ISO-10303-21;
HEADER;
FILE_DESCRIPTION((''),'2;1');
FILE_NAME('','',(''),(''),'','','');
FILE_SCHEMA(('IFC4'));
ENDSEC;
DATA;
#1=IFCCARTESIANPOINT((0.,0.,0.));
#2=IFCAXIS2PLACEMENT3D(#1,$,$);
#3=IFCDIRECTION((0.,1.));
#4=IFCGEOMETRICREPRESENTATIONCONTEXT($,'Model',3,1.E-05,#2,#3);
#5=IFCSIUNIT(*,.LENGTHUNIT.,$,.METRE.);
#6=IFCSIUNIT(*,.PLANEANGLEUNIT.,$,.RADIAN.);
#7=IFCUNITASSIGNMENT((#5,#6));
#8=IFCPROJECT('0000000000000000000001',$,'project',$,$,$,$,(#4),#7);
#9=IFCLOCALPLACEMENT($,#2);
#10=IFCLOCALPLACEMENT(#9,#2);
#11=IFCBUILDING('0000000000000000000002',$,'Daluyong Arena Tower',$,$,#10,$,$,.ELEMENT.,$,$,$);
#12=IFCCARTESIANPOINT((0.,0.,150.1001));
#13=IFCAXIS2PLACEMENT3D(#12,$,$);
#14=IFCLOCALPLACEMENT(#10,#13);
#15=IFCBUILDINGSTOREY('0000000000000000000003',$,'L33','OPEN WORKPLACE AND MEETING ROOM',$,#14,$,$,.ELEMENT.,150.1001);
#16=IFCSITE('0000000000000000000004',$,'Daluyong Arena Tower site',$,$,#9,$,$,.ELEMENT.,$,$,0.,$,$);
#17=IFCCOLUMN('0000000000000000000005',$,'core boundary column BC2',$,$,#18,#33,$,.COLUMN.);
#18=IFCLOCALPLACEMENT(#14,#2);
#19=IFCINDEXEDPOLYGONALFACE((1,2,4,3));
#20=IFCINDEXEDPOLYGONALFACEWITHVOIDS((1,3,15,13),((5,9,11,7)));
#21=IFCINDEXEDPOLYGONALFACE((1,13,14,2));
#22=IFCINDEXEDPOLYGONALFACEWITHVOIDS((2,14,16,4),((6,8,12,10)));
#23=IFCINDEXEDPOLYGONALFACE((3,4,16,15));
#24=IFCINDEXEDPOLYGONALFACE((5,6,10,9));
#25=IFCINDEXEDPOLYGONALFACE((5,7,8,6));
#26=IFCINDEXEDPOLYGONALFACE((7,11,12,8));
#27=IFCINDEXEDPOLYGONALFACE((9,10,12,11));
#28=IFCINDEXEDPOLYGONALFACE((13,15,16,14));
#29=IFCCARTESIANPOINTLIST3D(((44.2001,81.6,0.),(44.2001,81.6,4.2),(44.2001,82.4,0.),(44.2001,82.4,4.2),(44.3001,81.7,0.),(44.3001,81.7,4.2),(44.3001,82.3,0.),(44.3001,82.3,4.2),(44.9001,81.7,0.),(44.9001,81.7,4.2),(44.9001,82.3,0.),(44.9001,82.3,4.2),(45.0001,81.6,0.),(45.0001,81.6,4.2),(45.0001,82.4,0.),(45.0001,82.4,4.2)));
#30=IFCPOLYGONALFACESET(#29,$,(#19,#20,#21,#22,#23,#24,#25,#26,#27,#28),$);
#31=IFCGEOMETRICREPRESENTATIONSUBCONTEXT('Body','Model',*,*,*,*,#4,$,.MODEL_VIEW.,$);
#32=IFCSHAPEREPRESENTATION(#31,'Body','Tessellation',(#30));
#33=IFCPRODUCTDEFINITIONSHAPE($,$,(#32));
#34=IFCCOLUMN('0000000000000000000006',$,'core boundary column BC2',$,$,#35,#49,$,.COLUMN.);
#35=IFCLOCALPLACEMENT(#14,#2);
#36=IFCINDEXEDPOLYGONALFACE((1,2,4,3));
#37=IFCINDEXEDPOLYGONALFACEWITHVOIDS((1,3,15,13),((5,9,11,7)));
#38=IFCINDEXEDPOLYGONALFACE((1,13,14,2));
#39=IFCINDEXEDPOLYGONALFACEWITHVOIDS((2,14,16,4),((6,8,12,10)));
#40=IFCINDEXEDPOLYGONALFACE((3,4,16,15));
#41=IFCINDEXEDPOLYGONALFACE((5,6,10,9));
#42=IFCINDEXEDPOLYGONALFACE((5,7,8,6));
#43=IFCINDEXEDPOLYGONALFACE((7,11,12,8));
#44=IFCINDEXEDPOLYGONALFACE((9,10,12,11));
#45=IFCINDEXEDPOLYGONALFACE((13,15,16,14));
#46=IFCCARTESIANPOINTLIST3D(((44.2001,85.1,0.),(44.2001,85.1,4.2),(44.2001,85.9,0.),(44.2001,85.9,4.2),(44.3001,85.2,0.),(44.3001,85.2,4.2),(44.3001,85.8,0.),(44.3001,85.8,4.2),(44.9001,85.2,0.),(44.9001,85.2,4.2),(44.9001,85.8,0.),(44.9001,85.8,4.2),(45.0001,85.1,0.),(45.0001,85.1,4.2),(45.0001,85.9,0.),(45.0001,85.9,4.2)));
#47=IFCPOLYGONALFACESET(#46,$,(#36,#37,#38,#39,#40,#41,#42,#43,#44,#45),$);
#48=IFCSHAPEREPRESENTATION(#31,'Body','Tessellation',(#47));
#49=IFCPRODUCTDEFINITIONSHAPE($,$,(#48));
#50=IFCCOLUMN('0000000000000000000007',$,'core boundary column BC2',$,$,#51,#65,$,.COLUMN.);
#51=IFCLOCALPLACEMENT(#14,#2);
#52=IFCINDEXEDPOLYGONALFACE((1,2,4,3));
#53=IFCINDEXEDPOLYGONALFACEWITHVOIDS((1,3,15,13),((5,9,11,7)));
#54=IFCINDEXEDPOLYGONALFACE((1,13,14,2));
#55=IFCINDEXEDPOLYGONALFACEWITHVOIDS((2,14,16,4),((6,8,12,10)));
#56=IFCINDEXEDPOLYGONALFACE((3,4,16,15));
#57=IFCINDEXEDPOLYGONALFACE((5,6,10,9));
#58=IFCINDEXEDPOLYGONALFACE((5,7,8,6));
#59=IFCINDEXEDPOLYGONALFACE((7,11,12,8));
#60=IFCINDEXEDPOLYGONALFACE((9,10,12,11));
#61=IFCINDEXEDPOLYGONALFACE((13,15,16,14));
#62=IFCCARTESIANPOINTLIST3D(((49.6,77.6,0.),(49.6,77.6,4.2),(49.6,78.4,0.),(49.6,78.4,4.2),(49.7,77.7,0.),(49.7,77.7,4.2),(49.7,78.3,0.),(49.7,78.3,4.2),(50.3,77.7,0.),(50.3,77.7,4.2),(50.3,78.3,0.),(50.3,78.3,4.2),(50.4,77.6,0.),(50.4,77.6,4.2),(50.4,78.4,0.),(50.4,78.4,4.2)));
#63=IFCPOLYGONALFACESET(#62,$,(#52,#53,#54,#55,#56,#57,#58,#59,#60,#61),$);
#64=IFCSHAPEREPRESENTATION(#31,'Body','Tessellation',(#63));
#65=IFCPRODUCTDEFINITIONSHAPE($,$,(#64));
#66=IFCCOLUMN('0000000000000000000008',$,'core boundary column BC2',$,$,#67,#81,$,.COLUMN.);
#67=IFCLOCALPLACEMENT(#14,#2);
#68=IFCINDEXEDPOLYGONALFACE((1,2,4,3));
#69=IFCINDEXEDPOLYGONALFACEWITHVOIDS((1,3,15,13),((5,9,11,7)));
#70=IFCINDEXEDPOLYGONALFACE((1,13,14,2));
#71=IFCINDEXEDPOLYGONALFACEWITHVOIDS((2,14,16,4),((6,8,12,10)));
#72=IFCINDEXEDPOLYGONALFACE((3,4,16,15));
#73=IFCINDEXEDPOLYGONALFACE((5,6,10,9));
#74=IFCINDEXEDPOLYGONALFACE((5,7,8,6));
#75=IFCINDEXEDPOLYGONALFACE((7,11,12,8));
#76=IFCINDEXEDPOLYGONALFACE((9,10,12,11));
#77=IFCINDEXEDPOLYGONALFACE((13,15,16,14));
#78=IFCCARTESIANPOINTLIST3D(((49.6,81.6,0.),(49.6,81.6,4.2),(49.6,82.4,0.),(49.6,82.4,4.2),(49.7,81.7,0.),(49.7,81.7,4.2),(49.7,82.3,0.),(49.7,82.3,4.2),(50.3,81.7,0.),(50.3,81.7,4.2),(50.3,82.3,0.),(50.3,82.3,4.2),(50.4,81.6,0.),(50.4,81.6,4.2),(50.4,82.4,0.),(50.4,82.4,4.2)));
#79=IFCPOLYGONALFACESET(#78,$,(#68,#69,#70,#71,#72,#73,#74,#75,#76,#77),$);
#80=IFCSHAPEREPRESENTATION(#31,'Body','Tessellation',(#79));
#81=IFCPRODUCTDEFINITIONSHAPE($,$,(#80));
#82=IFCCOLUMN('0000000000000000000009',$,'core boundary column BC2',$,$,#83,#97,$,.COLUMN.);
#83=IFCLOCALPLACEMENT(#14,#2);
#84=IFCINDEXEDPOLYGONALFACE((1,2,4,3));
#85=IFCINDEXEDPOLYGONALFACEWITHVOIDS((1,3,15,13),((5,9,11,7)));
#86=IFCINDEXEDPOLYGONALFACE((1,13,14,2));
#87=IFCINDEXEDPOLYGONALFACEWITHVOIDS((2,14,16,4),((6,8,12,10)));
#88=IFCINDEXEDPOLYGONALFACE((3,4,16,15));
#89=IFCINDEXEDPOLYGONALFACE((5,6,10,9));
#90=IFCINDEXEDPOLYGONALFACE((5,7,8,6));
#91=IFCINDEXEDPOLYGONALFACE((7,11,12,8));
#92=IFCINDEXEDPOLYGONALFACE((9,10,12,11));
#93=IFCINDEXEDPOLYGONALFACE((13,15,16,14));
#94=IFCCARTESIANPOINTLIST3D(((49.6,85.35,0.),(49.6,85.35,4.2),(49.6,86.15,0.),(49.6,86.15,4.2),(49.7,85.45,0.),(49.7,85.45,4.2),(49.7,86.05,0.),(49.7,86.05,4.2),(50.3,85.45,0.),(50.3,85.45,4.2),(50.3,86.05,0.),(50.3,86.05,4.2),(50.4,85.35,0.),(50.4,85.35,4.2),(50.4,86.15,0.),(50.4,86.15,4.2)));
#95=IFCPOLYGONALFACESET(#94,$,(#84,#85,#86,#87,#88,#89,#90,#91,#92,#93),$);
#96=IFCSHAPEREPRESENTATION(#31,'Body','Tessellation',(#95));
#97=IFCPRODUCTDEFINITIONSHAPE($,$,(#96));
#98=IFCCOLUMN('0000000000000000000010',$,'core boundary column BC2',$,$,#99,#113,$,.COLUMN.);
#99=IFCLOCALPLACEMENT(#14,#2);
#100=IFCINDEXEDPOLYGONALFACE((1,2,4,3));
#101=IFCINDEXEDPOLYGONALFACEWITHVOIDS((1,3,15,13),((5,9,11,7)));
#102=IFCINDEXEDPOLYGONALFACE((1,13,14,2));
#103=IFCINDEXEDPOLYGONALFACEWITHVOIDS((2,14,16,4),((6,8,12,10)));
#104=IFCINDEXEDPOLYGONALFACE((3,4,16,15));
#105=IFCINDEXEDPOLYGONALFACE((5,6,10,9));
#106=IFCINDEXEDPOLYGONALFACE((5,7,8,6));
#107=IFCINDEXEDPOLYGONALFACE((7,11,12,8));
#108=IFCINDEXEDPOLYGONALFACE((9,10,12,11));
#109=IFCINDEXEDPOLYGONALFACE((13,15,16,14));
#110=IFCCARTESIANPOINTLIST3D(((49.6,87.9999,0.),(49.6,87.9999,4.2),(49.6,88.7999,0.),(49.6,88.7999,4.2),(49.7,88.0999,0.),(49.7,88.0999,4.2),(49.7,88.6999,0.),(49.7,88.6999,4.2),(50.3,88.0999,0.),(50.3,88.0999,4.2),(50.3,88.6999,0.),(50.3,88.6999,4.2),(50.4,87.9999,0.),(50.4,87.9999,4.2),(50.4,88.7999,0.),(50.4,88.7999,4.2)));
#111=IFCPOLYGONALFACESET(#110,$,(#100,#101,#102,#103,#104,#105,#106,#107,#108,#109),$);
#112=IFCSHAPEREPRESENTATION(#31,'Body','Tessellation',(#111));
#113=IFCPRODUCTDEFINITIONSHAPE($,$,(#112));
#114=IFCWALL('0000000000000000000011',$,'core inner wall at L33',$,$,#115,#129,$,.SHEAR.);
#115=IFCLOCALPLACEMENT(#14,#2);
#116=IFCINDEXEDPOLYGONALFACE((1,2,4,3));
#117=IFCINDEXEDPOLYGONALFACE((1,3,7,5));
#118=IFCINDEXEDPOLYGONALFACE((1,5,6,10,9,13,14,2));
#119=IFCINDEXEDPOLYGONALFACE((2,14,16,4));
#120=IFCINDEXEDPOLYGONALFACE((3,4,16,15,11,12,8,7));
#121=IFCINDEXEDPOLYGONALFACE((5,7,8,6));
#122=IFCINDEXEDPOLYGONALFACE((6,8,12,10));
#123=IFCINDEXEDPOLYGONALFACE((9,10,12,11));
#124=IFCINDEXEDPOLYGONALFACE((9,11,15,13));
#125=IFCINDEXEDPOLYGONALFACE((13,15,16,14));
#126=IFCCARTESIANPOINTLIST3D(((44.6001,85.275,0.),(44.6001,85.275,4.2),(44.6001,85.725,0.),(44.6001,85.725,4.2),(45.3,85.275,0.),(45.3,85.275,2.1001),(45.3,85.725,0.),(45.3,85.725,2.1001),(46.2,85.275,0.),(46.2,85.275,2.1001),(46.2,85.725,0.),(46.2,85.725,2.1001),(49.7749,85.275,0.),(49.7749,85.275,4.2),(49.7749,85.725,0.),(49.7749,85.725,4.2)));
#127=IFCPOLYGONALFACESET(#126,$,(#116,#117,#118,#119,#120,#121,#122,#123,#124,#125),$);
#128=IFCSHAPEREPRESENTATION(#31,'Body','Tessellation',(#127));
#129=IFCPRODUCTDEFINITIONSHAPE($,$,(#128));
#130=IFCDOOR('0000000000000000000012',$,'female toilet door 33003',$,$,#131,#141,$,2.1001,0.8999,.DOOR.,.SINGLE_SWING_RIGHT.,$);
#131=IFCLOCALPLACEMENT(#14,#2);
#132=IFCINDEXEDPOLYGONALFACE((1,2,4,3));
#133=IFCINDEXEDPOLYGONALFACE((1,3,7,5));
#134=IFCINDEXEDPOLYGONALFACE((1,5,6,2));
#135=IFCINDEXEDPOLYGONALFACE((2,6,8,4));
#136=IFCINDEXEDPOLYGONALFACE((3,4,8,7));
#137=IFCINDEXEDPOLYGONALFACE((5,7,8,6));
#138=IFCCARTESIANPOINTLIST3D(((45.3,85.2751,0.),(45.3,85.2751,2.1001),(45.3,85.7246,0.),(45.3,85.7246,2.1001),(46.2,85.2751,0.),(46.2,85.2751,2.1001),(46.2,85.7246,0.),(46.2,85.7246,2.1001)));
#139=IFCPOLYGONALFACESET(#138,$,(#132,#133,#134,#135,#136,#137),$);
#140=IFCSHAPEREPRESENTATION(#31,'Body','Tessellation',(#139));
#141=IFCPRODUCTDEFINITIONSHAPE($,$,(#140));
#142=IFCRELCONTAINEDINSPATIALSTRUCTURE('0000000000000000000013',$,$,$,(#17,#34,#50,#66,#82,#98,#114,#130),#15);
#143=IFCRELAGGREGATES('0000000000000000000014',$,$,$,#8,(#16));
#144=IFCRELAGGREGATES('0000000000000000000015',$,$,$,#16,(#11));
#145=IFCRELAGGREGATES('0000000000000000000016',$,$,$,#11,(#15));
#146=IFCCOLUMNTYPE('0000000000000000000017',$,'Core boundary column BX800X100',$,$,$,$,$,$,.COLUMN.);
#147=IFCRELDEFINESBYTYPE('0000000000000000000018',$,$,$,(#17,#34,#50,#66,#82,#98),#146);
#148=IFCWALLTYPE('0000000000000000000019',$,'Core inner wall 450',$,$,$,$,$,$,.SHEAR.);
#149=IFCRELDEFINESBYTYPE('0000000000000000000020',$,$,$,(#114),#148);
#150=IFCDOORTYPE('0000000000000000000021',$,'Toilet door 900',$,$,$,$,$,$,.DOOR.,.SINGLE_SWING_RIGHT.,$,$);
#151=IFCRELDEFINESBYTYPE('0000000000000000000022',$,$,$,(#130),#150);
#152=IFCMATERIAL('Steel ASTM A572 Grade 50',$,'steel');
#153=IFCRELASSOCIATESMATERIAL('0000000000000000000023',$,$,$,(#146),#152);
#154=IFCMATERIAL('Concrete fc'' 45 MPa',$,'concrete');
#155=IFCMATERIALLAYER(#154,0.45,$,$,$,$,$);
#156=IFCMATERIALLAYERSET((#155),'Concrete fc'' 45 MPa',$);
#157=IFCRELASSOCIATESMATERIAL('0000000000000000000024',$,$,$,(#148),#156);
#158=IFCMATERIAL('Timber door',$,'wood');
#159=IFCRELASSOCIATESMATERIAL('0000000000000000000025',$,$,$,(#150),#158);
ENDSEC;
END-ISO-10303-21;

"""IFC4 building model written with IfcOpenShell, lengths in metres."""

from ifc_helpers import new_model, si_unit, direction, frame, frame_2d, origin, origin_2d, place, context, subcontext, project, spatial, rectangle, hollow_rectangle, extrude, material, layer, layer_set, material_profile, profile_set, type_object, element, fill, save


model = new_model("IFC4")

# Units and contexts
model_context = context("Model", 3, precision=1e-05, world=origin(), true_north=direction((0.0, 1.0)))
body_context = subcontext(model_context, "Body", "Model", "MODEL_VIEW")
ifc_project = project(units=[si_unit("LENGTHUNIT", "METRE"), si_unit("PLANEANGLEUNIT", "RADIAN")], contexts=[model_context])

# Site, building, storey
site_placement = place(None, origin())
site = spatial("IfcSite", under=ifc_project, at=site_placement, Name="Daluyong Arena Tower site", CompositionType="ELEMENT", RefElevation=0.0)
building_placement = place(site_placement, origin())
building = spatial("IfcBuilding", under=site, at=building_placement, Name="Daluyong Arena Tower", CompositionType="ELEMENT")
storey_placement = place(building_placement, frame((0.0, 0.0, 150.1001)))
storey = spatial("IfcBuildingStorey", under=building, at=storey_placement, Name="L33", Description="OPEN WORKPLACE AND MEETING ROOM", CompositionType="ELEMENT", Elevation=150.1001)

# Columns
ifc_material_1 = material(Name="Steel ASTM A572 Grade 50", Category="steel")
ifc_material_profile = material_profile(ifc_material_1, hollow_rectangle(XDim=0.8, YDim=0.8, WallThickness=0.1, at=origin_2d()))
ifc_profile_set = profile_set([ifc_material_profile], Name="Steel ASTM A572 Grade 50")
column_type = type_object("IfcColumnType", Name="Core boundary column BX800X100", PredefinedType="COLUMN", material=ifc_profile_set)
for number, where, z_axis, x_axis, name in (
    (1, (44.6001, 82.0, 0.0), (0.0, 0.0, 1.0), (1.0, 0.0, 0.0), "core boundary column BC2"),
    (2, (44.6001, 85.5, 0.0), (0.0, 0.0, 1.0), (1.0, 0.0, 0.0), "core boundary column BC2"),
    (3, (50.0, 78.0, 0.0), (0.0, 0.0, 1.0), (1.0, 0.0, 0.0), "core boundary column BC2"),
    (4, (50.0, 82.0, 0.0), (0.0, 0.0, 1.0), (1.0, 0.0, 0.0), "core boundary column BC2"),
    (5, (50.0, 85.75, 0.0), (0.0, 0.0, 1.0), (1.0, 0.0, 0.0), "core boundary column BC2"),
    (6, (50.0, 88.3999, 0.0), (0.0, 0.0, 1.0), (1.0, 0.0, 0.0), "core boundary column BC2"),
):
    element("IfcColumn", number, at=place(storey_placement, frame(where, z_axis=z_axis, x_axis=x_axis)), inside=storey, type_object=column_type, Name=name, PredefinedType="COLUMN", context=body_context, shape_type="SweptSolid", body=[
        extrude(hollow_rectangle(XDim=0.8, YDim=0.8, WallThickness=0.1, at=origin_2d()), origin(), (0.0, 0.0, 1.0), 4.2),
    ])

# Wall, opening, door
ifc_material_2 = material(Name="Concrete fc' 45 MPa", Category="concrete")
ifc_layer_1 = layer(ifc_material_2, 0.45)
ifc_layer_set_1 = layer_set([ifc_layer_1], Name="Concrete fc' 45 MPa")
wall_type_1 = type_object("IfcWallType", Name="Core inner wall 450", PredefinedType="SHEAR", material=ifc_layer_set_1)
wall_1_placement = place(storey_placement, frame((44.6001, 85.5, 0.0), z_axis=(0.0, 0.0, 1.0), x_axis=(1.0, 0.0, 0.0)))
wall_1 = element("IfcWall", 7, at=wall_1_placement, inside=storey, type_object=wall_type_1, Name="core inner wall at L33", PredefinedType="SHEAR", context=body_context, shape_type="SweptSolid", body=[
    extrude(rectangle(XDim=5.1748, YDim=0.45, at=frame_2d((2.5874, 0.0))), origin(), (0.0, 0.0, 1.0), 4.2),
])
opening_1_placement = place(wall_1_placement, frame((0.7, 0.0, 0.0)))
opening_1 = element("IfcOpeningElement", 8, at=opening_1_placement, cuts=wall_1, PredefinedType="OPENING", context=body_context, shape_type="SweptSolid", body=[
    extrude(rectangle(XDim=0.8999, YDim=2.1001, at=frame_2d((0.45, 1.05))), frame((0.0, 0.2349, 0.0), z_axis=(0.0, -1.0, 0.0), x_axis=(1.0, 0.0, 0.0)), (0.0, 0.0, 1.0), 0.47),
])
ifc_material_3 = material(Name="Timber door", Category="wood")
door_type_1 = type_object("IfcDoorType", Name="Toilet door 900", OperationType="SINGLE_SWING_RIGHT", PredefinedType="DOOR", material=ifc_material_3)
door_1_placement = place(opening_1_placement, origin())
door_1 = element("IfcDoor", 9, at=door_1_placement, inside=storey, type_object=door_type_1, Name="female toilet door 33003", OperationType="SINGLE_SWING_RIGHT", OverallHeight=2.1001, OverallWidth=0.8999, PredefinedType="DOOR", context=body_context, shape_type="SweptSolid", body=[
    extrude(rectangle(XDim=0.8999, YDim=2.1001, at=frame_2d((0.45, 1.05))), frame((0.0, 0.2246, 0.0), z_axis=(0.0, -1.0, 0.0), x_axis=(1.0, 0.0, 0.0)), (0.0, 0.0, 1.0), 0.4495),
])
fill(opening_1, door_1)

save(model, "model.ifc")
